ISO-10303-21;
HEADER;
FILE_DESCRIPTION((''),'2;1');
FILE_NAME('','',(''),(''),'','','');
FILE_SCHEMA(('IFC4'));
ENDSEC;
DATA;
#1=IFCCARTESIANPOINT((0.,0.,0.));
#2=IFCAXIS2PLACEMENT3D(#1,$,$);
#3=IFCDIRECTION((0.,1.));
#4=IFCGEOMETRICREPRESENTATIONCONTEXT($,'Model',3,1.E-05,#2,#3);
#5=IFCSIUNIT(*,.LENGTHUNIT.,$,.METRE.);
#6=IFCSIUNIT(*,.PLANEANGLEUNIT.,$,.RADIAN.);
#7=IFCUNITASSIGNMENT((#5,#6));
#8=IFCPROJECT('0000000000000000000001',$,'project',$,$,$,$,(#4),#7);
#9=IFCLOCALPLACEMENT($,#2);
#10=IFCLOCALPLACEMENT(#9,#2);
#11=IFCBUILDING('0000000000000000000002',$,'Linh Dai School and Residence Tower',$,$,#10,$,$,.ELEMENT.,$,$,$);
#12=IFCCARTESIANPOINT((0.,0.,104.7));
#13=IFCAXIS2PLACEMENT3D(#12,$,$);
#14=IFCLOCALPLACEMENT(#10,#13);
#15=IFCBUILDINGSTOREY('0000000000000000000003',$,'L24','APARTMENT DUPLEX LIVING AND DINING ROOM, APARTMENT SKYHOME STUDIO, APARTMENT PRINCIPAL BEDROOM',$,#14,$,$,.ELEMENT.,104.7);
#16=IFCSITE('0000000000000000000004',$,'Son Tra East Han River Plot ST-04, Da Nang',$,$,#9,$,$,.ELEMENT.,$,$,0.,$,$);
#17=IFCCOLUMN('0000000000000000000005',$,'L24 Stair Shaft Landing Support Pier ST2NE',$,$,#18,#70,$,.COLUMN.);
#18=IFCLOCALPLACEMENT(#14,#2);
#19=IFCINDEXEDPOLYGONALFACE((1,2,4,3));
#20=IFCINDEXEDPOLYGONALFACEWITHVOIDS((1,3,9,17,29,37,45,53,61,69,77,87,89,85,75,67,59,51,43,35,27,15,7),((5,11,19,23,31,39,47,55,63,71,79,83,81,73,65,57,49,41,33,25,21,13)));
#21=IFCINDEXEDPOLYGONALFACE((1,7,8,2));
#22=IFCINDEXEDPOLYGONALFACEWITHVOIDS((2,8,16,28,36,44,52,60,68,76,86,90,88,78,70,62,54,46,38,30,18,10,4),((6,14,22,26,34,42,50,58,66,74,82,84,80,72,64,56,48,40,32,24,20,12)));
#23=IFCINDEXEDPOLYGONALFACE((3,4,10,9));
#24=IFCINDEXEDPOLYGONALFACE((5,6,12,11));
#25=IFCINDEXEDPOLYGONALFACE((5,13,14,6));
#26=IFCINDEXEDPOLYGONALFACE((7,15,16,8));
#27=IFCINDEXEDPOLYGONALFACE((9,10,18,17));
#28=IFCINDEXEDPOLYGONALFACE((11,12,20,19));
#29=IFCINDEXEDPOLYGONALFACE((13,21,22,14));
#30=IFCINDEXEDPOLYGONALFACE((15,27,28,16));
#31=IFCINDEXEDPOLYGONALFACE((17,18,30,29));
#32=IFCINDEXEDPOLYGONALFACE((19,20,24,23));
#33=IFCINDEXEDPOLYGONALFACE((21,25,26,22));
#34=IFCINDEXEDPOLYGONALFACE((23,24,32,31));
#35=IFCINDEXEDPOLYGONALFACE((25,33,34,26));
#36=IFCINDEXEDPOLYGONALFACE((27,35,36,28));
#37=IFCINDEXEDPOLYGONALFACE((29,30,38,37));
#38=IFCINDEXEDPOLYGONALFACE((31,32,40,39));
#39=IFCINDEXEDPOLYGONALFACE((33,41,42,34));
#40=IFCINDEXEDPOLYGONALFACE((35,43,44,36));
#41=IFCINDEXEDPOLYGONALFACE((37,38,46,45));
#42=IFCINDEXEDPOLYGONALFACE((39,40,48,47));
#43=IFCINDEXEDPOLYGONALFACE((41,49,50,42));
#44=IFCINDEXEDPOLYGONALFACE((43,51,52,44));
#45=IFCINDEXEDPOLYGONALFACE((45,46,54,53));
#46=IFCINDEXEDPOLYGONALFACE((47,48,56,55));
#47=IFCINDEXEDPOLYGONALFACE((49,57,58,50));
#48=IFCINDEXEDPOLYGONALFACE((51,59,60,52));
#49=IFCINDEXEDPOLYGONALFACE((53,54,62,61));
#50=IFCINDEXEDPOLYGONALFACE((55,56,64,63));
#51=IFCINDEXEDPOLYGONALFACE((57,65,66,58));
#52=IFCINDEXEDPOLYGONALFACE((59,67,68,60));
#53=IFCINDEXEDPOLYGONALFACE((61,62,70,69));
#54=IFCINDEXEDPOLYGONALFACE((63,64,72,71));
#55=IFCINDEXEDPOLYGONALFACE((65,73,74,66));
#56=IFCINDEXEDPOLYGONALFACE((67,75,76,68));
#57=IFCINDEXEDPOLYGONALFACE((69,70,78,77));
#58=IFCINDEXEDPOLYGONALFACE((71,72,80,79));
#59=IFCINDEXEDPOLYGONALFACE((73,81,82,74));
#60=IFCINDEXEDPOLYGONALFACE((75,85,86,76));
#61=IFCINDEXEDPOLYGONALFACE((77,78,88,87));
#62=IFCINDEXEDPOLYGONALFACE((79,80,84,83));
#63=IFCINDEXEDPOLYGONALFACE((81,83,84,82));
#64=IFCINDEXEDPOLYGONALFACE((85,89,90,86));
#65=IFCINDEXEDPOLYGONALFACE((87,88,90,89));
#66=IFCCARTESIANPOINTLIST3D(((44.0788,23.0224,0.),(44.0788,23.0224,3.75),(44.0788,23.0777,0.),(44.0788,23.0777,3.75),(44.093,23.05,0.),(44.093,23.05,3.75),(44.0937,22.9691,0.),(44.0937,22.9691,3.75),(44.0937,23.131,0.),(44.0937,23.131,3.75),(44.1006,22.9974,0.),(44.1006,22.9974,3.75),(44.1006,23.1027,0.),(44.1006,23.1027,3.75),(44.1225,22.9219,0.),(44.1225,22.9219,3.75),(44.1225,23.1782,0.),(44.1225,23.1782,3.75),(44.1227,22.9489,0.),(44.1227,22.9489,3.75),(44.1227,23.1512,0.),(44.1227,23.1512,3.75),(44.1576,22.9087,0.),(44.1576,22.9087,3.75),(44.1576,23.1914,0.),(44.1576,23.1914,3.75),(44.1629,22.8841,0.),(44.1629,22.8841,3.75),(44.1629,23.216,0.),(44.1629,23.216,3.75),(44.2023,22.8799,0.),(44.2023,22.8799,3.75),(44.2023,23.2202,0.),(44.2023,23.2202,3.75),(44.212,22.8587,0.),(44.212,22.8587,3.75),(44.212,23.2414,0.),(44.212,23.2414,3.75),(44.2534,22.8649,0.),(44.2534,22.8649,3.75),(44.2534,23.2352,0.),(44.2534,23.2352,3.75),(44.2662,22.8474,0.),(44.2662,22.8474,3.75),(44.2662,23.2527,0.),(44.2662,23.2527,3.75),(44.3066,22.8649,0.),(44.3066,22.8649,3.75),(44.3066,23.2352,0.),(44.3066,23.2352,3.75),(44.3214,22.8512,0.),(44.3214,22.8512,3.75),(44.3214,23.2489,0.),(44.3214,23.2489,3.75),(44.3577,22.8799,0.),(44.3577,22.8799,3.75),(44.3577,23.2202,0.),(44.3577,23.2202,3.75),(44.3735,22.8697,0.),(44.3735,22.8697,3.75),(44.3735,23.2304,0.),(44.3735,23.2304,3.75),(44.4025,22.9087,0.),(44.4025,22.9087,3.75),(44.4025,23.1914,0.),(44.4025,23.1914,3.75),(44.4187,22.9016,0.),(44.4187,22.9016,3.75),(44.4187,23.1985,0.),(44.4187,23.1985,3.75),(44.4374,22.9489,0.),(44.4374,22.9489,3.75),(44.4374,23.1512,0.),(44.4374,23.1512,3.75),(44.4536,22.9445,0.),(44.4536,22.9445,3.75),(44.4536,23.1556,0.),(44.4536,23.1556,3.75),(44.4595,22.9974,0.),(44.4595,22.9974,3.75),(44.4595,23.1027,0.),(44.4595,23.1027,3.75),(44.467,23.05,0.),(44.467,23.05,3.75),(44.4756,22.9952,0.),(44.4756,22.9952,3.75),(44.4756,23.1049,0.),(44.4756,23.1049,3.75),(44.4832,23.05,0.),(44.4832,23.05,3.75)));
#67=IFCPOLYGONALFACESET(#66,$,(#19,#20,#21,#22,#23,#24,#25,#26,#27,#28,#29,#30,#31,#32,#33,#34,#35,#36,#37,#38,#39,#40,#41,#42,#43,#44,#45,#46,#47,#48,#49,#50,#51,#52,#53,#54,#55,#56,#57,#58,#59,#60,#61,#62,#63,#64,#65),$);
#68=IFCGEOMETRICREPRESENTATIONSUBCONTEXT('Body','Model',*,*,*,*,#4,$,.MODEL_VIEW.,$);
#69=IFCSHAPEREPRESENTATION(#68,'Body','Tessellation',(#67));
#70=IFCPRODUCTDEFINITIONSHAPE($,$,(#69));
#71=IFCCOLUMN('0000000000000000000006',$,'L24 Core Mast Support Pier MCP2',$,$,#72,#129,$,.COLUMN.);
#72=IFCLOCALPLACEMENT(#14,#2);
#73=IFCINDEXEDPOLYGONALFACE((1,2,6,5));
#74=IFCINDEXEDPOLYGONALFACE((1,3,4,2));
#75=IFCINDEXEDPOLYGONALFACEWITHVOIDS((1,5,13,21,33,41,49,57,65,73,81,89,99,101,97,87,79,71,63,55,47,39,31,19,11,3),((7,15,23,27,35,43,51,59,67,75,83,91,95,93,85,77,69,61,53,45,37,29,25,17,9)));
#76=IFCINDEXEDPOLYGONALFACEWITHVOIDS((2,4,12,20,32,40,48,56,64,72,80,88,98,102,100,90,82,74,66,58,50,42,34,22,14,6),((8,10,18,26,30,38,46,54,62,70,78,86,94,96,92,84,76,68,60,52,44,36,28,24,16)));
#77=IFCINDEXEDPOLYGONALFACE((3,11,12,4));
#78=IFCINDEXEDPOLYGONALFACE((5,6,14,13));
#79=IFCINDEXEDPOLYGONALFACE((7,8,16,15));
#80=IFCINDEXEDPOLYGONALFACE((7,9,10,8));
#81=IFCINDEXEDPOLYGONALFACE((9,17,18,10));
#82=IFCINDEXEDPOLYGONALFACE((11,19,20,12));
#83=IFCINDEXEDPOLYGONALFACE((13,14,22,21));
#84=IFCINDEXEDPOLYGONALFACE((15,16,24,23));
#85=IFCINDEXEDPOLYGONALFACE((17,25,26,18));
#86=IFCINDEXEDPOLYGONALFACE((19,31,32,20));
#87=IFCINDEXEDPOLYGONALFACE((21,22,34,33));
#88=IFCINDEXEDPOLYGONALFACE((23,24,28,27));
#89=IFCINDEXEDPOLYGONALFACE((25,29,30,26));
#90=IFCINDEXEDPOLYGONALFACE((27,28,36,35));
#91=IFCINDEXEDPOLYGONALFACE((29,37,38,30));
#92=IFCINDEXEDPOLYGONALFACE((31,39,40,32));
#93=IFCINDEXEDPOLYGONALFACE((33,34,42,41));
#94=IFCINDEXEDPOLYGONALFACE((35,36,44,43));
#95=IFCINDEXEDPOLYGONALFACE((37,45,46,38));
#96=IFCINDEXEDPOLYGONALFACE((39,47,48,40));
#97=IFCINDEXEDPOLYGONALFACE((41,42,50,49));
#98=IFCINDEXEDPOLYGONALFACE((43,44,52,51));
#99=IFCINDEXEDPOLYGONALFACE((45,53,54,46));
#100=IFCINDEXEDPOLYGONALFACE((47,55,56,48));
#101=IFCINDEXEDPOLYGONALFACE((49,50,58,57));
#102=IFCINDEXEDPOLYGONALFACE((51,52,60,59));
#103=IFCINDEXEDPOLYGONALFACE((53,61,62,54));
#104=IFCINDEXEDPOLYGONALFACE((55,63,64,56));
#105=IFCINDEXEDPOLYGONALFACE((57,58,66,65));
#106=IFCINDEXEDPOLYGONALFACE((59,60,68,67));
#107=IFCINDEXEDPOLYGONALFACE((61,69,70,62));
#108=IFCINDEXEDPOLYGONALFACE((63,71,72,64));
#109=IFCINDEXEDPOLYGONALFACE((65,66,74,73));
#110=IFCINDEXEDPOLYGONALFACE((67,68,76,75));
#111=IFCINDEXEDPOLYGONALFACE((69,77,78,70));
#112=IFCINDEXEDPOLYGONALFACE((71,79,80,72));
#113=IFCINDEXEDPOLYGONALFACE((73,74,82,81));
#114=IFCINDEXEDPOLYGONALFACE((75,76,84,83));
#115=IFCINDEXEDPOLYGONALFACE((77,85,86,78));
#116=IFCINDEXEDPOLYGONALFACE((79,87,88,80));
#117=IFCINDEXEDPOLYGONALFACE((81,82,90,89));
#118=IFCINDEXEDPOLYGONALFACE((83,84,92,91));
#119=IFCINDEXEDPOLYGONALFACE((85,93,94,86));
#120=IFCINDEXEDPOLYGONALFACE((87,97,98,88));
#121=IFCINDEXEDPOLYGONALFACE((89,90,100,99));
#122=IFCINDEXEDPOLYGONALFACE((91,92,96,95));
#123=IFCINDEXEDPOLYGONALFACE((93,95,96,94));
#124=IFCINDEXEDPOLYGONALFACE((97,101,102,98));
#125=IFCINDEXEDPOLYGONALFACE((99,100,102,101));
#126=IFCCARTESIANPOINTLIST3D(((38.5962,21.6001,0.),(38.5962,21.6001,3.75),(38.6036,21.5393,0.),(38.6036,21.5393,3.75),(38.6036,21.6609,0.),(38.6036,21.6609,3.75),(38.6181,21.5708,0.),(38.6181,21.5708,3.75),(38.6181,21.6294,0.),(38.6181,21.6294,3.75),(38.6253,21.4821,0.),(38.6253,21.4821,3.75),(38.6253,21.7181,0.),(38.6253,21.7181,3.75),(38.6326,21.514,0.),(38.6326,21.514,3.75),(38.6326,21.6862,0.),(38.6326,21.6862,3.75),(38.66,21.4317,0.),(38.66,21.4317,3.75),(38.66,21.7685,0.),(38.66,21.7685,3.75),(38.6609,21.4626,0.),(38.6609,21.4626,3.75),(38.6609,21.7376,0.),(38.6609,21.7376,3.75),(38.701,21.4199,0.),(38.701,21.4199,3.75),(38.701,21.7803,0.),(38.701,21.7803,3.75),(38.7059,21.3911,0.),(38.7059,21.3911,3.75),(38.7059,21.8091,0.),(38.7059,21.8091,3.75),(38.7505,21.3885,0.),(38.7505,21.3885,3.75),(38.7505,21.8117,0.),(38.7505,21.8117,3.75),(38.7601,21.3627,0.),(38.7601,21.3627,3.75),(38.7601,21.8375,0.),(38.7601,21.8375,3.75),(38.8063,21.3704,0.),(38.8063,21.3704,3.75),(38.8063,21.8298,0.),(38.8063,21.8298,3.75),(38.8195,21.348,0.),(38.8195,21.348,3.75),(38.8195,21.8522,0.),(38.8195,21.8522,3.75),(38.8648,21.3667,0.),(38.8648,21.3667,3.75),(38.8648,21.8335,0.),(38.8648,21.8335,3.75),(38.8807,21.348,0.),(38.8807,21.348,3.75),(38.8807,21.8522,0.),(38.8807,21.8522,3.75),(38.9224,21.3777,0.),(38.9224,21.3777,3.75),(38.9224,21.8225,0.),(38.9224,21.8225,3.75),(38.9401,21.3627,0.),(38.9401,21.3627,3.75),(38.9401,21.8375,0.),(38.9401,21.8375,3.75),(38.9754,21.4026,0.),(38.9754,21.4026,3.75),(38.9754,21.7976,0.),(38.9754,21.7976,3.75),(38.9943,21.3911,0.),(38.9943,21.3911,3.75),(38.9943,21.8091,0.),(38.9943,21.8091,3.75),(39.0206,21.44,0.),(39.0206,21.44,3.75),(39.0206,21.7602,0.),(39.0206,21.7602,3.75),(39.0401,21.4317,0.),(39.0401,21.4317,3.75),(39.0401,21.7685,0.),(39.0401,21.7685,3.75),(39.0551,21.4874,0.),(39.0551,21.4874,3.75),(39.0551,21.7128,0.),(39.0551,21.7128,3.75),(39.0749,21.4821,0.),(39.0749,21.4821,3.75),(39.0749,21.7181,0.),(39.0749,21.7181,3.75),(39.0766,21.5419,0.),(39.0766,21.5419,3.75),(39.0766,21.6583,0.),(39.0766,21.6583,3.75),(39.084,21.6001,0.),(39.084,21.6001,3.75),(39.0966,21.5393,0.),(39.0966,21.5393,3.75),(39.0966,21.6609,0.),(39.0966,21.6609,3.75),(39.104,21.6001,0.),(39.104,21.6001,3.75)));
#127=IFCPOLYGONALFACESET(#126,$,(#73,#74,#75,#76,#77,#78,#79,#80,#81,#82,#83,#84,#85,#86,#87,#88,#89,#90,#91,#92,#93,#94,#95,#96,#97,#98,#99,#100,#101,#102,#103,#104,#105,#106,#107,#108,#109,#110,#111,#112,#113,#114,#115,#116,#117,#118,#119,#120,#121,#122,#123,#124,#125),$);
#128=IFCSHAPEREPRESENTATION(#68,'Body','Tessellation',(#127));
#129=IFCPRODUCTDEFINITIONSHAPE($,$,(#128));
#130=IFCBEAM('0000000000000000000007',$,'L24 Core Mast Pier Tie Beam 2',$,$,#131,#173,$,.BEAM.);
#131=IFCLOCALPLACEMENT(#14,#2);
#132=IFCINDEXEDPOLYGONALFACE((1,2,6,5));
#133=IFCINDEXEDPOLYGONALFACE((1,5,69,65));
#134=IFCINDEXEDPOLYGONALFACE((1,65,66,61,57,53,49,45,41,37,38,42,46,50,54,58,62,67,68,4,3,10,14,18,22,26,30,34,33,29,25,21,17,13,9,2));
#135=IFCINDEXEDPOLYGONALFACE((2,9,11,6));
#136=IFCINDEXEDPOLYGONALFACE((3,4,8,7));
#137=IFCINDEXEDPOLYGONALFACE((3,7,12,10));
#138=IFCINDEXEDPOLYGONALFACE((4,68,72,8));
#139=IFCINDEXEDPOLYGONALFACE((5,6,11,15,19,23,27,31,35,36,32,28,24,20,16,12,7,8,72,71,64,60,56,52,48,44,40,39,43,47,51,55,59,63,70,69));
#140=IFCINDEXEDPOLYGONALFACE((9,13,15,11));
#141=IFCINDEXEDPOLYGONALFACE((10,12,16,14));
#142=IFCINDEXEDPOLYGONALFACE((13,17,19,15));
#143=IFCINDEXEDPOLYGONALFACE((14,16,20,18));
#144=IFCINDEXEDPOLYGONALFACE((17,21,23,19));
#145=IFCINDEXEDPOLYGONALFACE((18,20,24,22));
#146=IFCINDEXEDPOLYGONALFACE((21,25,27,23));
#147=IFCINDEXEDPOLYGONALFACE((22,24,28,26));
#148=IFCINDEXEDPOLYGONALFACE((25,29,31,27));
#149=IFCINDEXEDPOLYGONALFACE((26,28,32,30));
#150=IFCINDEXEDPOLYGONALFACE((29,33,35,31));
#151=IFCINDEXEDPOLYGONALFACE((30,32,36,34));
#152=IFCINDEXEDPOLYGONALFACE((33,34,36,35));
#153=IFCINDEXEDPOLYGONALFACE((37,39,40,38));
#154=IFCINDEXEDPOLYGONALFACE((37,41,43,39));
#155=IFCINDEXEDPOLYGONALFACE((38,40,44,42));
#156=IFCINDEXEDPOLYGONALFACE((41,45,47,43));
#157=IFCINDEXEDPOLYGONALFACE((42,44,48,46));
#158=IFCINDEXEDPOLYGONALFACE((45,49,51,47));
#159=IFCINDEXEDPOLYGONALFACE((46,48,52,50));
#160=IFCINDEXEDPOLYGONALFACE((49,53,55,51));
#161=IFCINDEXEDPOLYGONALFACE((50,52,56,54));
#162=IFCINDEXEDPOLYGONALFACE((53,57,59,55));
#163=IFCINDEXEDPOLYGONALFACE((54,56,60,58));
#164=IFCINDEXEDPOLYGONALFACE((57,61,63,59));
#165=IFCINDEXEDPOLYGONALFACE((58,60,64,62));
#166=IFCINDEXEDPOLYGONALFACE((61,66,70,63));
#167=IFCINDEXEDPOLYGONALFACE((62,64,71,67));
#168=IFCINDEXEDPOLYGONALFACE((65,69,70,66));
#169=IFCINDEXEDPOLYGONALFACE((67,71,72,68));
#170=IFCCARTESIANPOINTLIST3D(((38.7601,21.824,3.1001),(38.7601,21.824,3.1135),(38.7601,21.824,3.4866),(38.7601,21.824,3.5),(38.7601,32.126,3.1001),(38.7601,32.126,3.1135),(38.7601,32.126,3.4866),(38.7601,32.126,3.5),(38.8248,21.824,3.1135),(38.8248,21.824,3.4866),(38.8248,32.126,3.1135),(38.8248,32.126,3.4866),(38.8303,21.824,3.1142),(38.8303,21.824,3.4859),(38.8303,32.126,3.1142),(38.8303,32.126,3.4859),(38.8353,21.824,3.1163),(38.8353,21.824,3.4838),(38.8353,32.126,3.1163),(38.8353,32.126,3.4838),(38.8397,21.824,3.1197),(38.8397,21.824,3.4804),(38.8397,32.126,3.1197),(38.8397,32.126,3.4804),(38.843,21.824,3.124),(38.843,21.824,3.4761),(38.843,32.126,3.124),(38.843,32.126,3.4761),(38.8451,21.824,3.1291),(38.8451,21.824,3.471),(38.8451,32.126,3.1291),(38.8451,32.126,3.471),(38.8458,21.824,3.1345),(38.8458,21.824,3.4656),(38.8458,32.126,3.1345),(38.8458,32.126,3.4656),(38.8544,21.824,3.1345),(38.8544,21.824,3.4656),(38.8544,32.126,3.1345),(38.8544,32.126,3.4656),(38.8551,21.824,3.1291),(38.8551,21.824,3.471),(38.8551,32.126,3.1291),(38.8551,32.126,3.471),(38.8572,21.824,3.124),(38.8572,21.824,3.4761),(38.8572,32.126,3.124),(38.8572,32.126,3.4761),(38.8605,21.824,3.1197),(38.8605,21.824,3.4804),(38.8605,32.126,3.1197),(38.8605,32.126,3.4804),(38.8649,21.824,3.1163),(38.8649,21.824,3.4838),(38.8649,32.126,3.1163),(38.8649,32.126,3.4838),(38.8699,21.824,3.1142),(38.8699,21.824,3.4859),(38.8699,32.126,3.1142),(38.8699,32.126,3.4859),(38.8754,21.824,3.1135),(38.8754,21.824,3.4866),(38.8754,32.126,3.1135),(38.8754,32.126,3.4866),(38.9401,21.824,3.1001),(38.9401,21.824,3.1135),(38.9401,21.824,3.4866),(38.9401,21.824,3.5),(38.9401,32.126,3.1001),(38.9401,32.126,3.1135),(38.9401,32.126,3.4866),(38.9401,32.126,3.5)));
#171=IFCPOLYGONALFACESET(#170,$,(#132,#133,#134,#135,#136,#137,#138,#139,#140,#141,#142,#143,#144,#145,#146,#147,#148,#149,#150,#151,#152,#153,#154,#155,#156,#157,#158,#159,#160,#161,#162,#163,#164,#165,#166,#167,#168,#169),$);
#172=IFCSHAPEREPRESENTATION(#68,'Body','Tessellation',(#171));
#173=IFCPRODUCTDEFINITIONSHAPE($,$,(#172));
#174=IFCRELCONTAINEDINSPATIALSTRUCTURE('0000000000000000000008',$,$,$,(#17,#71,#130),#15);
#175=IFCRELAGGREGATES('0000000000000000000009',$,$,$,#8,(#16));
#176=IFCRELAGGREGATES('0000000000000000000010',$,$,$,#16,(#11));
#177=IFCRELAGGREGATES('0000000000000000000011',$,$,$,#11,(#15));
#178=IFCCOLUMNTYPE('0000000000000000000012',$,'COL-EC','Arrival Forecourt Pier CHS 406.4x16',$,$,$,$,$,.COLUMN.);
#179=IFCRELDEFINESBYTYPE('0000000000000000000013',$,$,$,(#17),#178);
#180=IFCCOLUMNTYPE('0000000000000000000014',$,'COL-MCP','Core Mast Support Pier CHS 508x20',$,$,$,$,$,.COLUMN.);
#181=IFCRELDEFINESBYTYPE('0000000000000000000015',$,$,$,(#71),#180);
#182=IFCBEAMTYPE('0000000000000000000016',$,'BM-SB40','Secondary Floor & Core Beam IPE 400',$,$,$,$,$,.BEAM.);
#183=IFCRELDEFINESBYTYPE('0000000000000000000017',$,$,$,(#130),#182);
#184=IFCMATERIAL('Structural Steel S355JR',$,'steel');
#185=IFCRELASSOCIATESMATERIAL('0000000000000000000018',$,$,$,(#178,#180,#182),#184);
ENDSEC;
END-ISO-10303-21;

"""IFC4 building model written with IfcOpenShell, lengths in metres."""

from ifc_helpers import new_model, si_unit, direction, frame, origin, origin_2d, place, context, subcontext, project, spatial, hollow_circle, i_section, extrude, material, material_profile, profile_set, type_object, element, save


model = new_model("IFC4")

# Units and contexts
model_context = context("Model", 3, precision=1e-05, world=origin(), true_north=direction((0.0, 1.0)))
body_context = subcontext(model_context, "Body", "Model", "MODEL_VIEW")
ifc_project = project(units=[si_unit("LENGTHUNIT", "METRE"), si_unit("PLANEANGLEUNIT", "RADIAN")], contexts=[model_context])

# Site, building, storey
site_placement = place(None, origin())
site = spatial("IfcSite", under=ifc_project, at=site_placement, Name="Son Tra East Han River Plot ST-04, Da Nang", CompositionType="ELEMENT", RefElevation=0.0)
building_placement = place(site_placement, origin())
building = spatial("IfcBuilding", under=site, at=building_placement, Name="Linh Dai School and Residence Tower", CompositionType="ELEMENT")
storey_placement = place(building_placement, frame((0.0, 0.0, 104.7)))
storey = spatial("IfcBuildingStorey", under=building, at=storey_placement, Name="L24", Description="APARTMENT DUPLEX LIVING AND DINING ROOM, APARTMENT SKYHOME STUDIO, APARTMENT PRINCIPAL BEDROOM", CompositionType="ELEMENT", Elevation=104.7)

# Columns
ifc_material_1 = material(Name="Structural Steel S355JR", Category="steel")
ifc_material_profile_1 = material_profile(ifc_material_1, hollow_circle(Radius=0.2031, WallThickness=0.0161, at=origin_2d()), Name="CHS 406.4x16")
ifc_profile_set_1 = profile_set([ifc_material_profile_1], Name="Structural Steel S355JR")
column_type_1 = type_object("IfcColumnType", Name="COL-EC", Description="Arrival Forecourt Pier CHS 406.4x16", PredefinedType="COLUMN", material=ifc_profile_set_1)
column_1_placement = place(storey_placement, frame((44.28, 23.05, 0.0), z_axis=(0.0, 0.0, 1.0), x_axis=(1.0, 0.0, 0.0)))
element("IfcColumn", 1, at=column_1_placement, inside=storey, type_object=column_type_1, Name="L24 Stair Shaft Landing Support Pier ST2NE", PredefinedType="COLUMN", context=body_context, shape_type="SweptSolid", body=[
    extrude(hollow_circle(Radius=0.2031, WallThickness=0.0161, at=origin_2d()), origin(), (0.0, 0.0, 1.0), 3.75),
])
ifc_material_profile_2 = material_profile(ifc_material_1, hollow_circle(Radius=0.2539, WallThickness=0.02, at=origin_2d()), Name="CHS 508x20")
ifc_profile_set_2 = profile_set([ifc_material_profile_2], Name="Structural Steel S355JR")
column_type_2 = type_object("IfcColumnType", Name="COL-MCP", Description="Core Mast Support Pier CHS 508x20", PredefinedType="COLUMN", material=ifc_profile_set_2)
column_2_placement = place(storey_placement, frame((38.8501, 21.6001, 0.0), z_axis=(0.0, 0.0, 1.0), x_axis=(1.0, 0.0, 0.0)))
element("IfcColumn", 2, at=column_2_placement, inside=storey, type_object=column_type_2, Name="L24 Core Mast Support Pier MCP2", PredefinedType="COLUMN", context=body_context, shape_type="SweptSolid", body=[
    extrude(hollow_circle(Radius=0.2539, WallThickness=0.02, at=origin_2d()), origin(), (0.0, 0.0, 1.0), 3.75),
])

# Beam
ifc_material_profile_3 = material_profile(ifc_material_1, i_section(OverallWidth=0.1799, OverallDepth=0.3999, WebThickness=0.0085, FlangeThickness=0.0134, FilletRadius=0.021, at=origin_2d()), Name="IPE 400")
ifc_profile_set_3 = profile_set([ifc_material_profile_3], Name="Structural Steel S355JR")
beam_type = type_object("IfcBeamType", Name="BM-SB40", Description="Secondary Floor & Core Beam IPE 400", PredefinedType="BEAM", material=ifc_profile_set_3)
beam_placement = place(storey_placement, frame((38.8501, 21.824, 3.3), z_axis=(0.0, 1.0, 0.0), x_axis=(-1.0, 0.0, 0.0)))
element("IfcBeam", 3, at=beam_placement, inside=storey, type_object=beam_type, Name="L24 Core Mast Pier Tie Beam 2", PredefinedType="BEAM", context=body_context, shape_type="SweptSolid", body=[
    extrude(i_section(OverallWidth=0.1799, OverallDepth=0.3999, WebThickness=0.0085, FlangeThickness=0.0134, FilletRadius=0.021, at=origin_2d()), origin(), (0.0, 0.0, 1.0), 10.302),
])

save(model, "model.ifc")
